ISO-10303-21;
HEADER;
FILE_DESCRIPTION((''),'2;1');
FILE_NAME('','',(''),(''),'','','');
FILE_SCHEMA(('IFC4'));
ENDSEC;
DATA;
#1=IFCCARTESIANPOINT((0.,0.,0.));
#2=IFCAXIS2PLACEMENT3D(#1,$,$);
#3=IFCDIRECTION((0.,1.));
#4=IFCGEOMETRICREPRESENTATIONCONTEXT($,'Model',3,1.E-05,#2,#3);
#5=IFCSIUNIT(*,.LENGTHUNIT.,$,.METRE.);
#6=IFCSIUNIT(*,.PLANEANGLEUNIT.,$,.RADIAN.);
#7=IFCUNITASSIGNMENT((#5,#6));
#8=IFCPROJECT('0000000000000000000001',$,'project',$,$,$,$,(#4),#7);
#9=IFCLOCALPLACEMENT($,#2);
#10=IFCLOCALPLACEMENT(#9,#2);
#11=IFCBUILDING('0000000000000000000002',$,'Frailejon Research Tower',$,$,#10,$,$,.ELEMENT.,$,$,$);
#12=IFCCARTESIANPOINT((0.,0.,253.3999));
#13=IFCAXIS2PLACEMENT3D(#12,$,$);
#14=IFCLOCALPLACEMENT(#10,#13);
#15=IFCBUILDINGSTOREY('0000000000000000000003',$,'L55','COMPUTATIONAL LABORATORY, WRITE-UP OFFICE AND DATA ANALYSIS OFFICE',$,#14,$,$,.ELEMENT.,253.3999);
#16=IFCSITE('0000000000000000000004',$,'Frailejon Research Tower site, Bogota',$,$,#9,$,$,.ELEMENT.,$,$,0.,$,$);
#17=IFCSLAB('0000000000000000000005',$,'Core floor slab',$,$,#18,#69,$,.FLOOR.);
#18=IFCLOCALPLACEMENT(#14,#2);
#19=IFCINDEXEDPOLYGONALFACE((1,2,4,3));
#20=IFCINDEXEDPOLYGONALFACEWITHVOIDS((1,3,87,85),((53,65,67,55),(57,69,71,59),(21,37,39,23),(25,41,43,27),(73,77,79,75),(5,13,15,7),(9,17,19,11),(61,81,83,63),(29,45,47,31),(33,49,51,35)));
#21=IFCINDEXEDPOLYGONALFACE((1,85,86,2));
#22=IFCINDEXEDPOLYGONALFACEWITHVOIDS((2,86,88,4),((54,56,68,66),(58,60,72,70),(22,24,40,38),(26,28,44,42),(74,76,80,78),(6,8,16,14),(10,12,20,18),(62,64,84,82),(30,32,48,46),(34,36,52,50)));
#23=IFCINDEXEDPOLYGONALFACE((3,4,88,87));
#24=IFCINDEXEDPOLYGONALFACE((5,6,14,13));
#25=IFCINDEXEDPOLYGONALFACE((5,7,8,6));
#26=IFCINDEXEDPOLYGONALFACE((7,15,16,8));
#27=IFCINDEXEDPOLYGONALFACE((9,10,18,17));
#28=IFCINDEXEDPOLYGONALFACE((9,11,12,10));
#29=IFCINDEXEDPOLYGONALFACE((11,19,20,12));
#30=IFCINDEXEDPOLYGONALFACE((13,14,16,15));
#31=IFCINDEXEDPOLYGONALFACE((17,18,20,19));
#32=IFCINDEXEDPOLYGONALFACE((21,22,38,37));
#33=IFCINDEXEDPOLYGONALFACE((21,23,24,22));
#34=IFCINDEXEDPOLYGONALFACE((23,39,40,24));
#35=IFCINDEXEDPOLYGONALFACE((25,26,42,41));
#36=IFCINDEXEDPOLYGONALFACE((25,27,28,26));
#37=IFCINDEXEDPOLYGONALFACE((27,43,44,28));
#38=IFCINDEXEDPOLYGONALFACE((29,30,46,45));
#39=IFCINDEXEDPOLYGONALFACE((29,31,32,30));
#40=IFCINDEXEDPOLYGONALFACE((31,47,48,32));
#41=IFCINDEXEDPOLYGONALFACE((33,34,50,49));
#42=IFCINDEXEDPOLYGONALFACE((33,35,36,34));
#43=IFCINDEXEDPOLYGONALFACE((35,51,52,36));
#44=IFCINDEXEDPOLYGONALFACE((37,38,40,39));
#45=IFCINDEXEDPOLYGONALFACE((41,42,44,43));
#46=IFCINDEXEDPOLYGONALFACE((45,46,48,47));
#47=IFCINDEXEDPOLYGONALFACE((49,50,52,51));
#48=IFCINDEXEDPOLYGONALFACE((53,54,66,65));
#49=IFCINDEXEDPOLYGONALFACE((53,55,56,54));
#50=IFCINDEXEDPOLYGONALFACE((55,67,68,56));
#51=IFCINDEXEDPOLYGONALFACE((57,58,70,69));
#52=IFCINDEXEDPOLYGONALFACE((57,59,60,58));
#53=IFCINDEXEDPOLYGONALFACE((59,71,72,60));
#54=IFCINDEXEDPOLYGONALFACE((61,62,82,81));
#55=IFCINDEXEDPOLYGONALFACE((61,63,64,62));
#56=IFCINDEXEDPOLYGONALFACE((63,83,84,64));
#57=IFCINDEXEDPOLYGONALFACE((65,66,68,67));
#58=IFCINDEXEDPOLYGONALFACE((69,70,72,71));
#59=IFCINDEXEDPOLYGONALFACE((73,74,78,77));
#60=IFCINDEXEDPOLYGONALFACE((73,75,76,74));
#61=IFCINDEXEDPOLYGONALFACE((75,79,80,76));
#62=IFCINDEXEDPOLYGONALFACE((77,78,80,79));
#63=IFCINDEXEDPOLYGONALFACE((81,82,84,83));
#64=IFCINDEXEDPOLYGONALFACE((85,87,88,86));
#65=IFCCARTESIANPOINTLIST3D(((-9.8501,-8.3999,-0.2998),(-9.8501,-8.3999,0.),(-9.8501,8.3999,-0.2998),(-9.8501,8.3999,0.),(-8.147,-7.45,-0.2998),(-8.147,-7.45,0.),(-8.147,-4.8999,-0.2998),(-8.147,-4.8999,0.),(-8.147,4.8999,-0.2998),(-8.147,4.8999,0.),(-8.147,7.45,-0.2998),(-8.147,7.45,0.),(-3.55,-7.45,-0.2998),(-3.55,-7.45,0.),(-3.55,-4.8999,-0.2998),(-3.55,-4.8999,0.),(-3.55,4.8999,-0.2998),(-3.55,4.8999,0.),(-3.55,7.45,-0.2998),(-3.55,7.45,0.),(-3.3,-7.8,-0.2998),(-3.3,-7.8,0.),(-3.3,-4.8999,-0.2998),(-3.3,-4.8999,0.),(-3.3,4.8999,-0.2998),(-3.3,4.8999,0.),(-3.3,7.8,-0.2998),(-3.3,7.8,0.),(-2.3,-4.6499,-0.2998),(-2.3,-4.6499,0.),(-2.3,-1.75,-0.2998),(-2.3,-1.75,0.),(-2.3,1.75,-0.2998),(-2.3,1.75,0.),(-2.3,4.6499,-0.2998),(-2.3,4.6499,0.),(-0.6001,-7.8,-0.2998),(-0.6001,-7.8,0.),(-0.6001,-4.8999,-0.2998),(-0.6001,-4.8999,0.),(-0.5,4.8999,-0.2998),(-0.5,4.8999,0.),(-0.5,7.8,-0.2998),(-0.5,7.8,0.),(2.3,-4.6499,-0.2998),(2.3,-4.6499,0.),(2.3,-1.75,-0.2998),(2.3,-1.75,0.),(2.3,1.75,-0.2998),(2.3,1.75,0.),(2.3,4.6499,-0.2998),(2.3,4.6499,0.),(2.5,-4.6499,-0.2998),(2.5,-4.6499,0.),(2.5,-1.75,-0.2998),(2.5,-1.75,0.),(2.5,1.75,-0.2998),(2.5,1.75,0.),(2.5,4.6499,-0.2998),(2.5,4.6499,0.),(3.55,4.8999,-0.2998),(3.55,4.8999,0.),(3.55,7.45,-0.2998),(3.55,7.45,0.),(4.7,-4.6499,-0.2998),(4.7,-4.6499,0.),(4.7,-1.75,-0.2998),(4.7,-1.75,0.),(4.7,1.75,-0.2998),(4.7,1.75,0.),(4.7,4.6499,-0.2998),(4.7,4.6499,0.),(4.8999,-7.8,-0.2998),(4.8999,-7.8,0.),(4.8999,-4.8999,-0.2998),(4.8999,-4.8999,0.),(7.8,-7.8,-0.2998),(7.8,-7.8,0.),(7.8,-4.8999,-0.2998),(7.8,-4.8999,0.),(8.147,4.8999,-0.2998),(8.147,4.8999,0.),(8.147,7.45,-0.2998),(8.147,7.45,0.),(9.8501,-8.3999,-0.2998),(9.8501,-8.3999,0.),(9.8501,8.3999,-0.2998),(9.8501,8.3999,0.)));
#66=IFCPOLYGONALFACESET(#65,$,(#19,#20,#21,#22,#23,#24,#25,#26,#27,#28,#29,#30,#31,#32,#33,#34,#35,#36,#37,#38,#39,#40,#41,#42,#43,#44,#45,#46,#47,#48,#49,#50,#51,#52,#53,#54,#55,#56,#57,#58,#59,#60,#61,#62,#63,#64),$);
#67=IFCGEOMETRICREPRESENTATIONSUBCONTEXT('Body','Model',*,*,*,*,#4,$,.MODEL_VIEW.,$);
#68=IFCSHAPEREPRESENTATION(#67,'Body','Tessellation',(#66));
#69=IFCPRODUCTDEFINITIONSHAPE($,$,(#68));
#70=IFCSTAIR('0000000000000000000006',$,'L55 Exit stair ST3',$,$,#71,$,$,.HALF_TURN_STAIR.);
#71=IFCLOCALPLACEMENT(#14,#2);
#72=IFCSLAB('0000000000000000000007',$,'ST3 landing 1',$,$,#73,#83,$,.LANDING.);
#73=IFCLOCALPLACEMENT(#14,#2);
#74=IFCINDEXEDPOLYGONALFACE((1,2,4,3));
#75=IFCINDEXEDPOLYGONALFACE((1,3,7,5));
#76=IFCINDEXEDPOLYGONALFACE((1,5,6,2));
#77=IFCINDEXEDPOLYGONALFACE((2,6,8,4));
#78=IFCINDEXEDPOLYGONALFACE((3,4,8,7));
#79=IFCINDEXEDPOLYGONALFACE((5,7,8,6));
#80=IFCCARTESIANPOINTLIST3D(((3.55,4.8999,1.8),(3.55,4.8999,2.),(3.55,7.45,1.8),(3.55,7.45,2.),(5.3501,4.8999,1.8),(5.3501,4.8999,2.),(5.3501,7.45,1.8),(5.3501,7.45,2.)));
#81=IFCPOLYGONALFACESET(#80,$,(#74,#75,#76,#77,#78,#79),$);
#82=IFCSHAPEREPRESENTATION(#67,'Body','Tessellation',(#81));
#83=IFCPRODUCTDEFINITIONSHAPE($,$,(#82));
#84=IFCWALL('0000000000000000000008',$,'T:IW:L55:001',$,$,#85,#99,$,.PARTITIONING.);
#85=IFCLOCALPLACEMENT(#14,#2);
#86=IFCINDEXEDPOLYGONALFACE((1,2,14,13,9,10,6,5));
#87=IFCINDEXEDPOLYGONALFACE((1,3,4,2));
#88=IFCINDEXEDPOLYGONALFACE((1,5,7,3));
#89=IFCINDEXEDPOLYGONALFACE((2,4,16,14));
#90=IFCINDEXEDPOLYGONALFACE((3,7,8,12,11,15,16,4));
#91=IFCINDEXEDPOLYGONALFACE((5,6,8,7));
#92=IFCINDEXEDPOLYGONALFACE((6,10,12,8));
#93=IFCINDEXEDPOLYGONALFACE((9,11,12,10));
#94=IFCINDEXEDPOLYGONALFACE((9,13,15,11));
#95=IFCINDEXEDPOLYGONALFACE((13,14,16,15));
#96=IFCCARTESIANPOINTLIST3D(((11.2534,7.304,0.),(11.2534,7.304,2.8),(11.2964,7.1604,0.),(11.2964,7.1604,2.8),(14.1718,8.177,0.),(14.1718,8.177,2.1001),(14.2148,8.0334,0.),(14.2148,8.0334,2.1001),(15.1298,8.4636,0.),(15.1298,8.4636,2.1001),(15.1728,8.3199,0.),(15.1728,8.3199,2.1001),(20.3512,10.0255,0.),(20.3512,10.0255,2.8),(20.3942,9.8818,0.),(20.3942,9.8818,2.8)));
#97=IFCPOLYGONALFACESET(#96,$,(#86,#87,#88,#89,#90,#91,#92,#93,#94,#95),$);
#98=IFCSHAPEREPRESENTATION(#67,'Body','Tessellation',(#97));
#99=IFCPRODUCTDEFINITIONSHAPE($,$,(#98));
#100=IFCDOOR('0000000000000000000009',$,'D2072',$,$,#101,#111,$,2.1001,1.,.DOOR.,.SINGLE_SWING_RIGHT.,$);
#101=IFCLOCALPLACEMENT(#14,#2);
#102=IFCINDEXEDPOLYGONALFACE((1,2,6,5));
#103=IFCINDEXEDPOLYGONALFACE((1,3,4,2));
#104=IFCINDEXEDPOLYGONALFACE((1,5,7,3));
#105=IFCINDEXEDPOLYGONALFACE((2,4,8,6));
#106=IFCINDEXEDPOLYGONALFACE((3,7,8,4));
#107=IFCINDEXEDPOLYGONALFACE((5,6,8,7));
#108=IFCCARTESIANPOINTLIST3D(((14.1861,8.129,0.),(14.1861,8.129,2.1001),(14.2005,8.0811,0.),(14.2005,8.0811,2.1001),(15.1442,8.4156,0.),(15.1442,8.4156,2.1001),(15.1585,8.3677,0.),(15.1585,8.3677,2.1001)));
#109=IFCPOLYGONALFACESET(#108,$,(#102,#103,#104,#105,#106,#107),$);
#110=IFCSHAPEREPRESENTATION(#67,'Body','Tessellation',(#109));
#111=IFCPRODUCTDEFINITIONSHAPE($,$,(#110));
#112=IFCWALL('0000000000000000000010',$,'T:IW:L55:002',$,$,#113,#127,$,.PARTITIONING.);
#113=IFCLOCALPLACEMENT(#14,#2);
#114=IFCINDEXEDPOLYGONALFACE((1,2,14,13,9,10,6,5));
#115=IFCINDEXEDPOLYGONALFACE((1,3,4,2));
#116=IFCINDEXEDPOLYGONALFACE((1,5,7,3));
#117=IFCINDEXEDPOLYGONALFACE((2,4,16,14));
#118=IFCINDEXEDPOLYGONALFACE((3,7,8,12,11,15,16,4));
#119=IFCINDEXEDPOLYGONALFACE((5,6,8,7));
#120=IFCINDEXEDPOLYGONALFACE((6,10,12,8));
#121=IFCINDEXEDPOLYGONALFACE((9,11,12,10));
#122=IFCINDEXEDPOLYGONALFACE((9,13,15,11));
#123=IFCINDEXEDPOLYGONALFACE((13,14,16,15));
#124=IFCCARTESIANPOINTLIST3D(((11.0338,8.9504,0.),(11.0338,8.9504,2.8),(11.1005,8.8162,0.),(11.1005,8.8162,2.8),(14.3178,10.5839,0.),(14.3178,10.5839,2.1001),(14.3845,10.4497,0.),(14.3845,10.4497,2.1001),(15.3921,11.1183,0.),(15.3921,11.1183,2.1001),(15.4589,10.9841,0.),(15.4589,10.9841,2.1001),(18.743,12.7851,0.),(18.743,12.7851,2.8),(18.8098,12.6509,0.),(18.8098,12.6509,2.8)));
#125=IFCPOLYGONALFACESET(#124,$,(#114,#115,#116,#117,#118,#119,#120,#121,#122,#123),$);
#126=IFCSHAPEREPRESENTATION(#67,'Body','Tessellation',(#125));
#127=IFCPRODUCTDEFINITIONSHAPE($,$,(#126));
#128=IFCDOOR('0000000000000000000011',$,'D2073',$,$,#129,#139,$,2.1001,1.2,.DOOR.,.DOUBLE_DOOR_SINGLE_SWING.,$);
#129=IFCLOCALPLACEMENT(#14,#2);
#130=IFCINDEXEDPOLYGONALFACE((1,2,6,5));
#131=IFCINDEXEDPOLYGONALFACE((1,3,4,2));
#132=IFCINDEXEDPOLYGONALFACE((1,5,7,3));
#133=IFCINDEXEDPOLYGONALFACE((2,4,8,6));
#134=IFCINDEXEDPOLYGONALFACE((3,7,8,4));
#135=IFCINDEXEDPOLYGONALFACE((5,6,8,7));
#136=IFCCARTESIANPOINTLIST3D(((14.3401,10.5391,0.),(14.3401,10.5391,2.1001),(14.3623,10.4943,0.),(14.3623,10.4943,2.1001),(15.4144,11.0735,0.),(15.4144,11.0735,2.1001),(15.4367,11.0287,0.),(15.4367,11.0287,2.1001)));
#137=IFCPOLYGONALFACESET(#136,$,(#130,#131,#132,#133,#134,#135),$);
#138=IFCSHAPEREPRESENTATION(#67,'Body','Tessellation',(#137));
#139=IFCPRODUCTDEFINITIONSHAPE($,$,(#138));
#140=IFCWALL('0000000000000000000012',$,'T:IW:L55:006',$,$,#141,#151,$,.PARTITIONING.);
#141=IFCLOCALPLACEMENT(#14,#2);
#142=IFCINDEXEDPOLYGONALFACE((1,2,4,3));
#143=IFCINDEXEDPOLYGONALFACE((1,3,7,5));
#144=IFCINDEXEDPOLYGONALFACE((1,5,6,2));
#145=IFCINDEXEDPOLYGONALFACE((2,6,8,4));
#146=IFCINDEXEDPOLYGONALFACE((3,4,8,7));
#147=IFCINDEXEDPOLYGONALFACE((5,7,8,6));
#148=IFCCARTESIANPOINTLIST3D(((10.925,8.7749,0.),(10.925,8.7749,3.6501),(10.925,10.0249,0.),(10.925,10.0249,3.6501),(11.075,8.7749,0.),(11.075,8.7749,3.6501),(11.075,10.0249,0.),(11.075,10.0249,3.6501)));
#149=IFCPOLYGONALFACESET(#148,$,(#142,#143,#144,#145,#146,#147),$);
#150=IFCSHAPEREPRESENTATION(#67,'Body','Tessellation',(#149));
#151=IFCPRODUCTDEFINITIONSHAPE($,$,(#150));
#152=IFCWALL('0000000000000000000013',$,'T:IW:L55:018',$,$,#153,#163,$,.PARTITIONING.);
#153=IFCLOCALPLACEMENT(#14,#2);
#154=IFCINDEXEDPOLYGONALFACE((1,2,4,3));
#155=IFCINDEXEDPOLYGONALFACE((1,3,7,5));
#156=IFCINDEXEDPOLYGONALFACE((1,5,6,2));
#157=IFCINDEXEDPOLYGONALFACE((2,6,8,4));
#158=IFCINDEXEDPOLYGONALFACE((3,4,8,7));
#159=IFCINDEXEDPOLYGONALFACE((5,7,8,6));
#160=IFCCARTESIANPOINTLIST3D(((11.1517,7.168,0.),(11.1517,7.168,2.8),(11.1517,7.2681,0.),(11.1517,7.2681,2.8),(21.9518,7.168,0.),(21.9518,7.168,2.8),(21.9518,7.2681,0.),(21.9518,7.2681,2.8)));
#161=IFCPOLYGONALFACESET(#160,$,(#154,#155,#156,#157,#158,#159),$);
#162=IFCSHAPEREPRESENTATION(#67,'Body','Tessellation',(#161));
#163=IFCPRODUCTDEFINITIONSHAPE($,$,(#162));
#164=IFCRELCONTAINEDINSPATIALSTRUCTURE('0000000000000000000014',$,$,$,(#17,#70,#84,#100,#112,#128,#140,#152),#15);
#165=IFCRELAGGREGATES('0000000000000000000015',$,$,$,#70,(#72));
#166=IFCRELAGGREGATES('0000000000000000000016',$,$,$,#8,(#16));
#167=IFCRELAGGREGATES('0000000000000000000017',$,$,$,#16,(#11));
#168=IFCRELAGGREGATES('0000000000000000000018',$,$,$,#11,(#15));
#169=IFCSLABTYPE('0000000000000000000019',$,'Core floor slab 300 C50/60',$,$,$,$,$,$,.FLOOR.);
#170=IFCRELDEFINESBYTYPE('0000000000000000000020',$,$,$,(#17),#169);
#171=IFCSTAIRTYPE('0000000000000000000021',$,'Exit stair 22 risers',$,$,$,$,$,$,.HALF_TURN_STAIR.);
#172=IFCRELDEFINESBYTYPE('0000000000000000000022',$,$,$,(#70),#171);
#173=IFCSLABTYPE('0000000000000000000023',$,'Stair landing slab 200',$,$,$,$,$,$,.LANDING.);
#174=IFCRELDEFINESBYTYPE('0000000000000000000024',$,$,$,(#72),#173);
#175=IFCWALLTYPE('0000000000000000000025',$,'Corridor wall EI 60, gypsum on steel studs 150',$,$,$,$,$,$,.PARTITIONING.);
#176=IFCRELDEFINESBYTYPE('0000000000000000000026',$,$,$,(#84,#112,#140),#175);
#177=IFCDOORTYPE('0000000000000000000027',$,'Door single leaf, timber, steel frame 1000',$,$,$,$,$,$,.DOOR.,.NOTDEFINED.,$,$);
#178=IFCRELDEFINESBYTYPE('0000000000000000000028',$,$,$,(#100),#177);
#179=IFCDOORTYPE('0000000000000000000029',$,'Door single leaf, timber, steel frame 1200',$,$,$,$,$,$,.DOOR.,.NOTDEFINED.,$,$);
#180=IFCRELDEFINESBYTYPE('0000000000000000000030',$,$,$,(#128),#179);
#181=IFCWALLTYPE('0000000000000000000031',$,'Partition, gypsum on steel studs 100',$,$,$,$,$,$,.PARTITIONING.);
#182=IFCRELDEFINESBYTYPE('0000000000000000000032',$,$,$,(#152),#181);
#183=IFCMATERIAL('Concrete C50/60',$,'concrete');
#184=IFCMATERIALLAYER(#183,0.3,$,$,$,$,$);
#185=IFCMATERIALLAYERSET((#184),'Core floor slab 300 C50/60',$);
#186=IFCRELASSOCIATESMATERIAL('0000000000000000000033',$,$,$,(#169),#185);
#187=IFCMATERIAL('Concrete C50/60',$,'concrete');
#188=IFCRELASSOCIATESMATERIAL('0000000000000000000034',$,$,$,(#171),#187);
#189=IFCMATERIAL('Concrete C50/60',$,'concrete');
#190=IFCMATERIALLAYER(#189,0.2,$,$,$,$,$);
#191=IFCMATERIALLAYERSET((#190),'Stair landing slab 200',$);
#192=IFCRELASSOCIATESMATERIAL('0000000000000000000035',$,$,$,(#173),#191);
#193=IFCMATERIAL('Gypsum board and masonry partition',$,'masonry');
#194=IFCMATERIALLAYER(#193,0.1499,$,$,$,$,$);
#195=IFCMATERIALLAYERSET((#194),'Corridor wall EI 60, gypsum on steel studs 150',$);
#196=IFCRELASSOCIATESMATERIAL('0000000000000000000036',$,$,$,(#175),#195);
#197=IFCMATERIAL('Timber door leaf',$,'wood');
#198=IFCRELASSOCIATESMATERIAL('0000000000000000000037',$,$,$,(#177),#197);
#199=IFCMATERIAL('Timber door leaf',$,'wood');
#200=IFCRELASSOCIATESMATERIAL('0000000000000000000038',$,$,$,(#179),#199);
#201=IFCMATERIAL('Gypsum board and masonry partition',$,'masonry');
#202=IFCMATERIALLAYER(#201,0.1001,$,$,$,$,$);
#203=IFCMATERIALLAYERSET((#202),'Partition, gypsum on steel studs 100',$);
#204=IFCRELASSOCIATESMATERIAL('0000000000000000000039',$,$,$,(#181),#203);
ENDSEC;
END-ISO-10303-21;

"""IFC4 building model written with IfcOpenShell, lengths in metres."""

from ifc_helpers import new_model, si_unit, direction, frame, frame_2d, origin, place, context, subcontext, project, spatial, polyline, rectangle, outline, extrude, material, layer, layer_set, type_object, element, fill, aggregate, save


model = new_model("IFC4")

# Units and contexts
model_context = context("Model", 3, precision=1e-05, world=origin(), true_north=direction((0.0, 1.0)))
body_context = subcontext(model_context, "Body", "Model", "MODEL_VIEW")
ifc_project = project(units=[si_unit("LENGTHUNIT", "METRE"), si_unit("PLANEANGLEUNIT", "RADIAN")], contexts=[model_context])

# Site, building, storey
site_placement = place(None, origin())
site = spatial("IfcSite", under=ifc_project, at=site_placement, Name="Frailejon Research Tower site, Bogota", CompositionType="ELEMENT", RefElevation=0.0)
building_placement = place(site_placement, origin())
building = spatial("IfcBuilding", under=site, at=building_placement, Name="Frailejon Research Tower", CompositionType="ELEMENT")
storey_placement = place(building_placement, frame((0.0, 0.0, 253.3999)))
storey = spatial("IfcBuildingStorey", under=building, at=storey_placement, Name="L55", Description="COMPUTATIONAL LABORATORY, WRITE-UP OFFICE AND DATA ANALYSIS OFFICE", CompositionType="ELEMENT", Elevation=253.3999)

# Slab
ifc_material_1 = material(Name="Concrete C50/60", Category="concrete")
ifc_layer_1 = layer(ifc_material_1, 0.3)
ifc_layer_set_1 = layer_set([ifc_layer_1], Name="Core floor slab 300 C50/60")
slab_type_1 = type_object("IfcSlabType", Name="Core floor slab 300 C50/60", PredefinedType="FLOOR", material=ifc_layer_set_1)
slab_1_placement = place(storey_placement, frame((0.0, 0.0, -0.2998)))
element("IfcSlab", 1, at=slab_1_placement, inside=storey, type_object=slab_type_1, Name="Core floor slab", PredefinedType="FLOOR", context=body_context, shape_type="SweptSolid", body=[
    extrude(outline(polyline([(9.8501, -8.3999), (9.8501, 8.3999), (-9.8501, 8.3999), (-9.8501, -8.3999), (9.8501, -8.3999)]), holes=[polyline([(2.3, 1.75), (2.3, 4.6499), (-2.3, 4.6499), (-2.3, 1.75), (2.3, 1.75)]), polyline([(4.7, 1.75), (4.7, 4.6499), (2.5, 4.6499), (2.5, 1.75), (4.7, 1.75)]), polyline([(2.3, -4.6499), (2.3, -1.75), (-2.3, -1.75), (-2.3, -4.6499), (2.3, -4.6499)]), polyline([(4.7, -4.6499), (4.7, -1.75), (2.5, -1.75), (2.5, -4.6499), (4.7, -4.6499)]), polyline([(-8.147, 4.8999), (-3.55, 4.8999), (-3.55, 7.45), (-8.147, 7.45), (-8.147, 4.8999)]), polyline([(-8.147, -7.45), (-3.55, -7.45), (-3.55, -4.8999), (-8.147, -4.8999), (-8.147, -7.45)]), polyline([(8.147, 7.45), (3.55, 7.45), (3.55, 4.8999), (8.147, 4.8999), (8.147, 7.45)]), polyline([(-0.6001, -7.8), (-0.6001, -4.8999), (-3.3, -4.8999), (-3.3, -7.8), (-0.6001, -7.8)]), polyline([(7.8, -7.8), (7.8, -4.8999), (4.8999, -4.8999), (4.8999, -7.8), (7.8, -7.8)]), polyline([(-0.5, 4.8999), (-0.5, 7.8), (-3.3, 7.8), (-3.3, 4.8999), (-0.5, 4.8999)])]), origin(), (0.0, 0.0, 1.0), 0.2998),
])

# Stair, slab
ifc_material_2 = material(Name="Concrete C50/60", Category="concrete")
stair_type = type_object("IfcStairType", Name="Exit stair 22 risers", PredefinedType="HALF_TURN_STAIR", material=ifc_material_2)
stair_placement = place(storey_placement, origin())
stair = element("IfcStair", 2, at=stair_placement, inside=storey, type_object=stair_type, Name="L55 Exit stair ST3", PredefinedType="HALF_TURN_STAIR")
ifc_material_3 = material(Name="Concrete C50/60", Category="concrete")
ifc_layer_2 = layer(ifc_material_3, 0.2)
ifc_layer_set_2 = layer_set([ifc_layer_2], Name="Stair landing slab 200")
slab_type_2 = type_object("IfcSlabType", Name="Stair landing slab 200", PredefinedType="LANDING", material=ifc_layer_set_2)
slab_2_placement = place(storey_placement, frame((0.0, 0.0, 1.8)))
slab_2 = element("IfcSlab", 3, at=slab_2_placement, type_object=slab_type_2, Name="ST3 landing 1", PredefinedType="LANDING", context=body_context, shape_type="SweptSolid", body=[
    extrude(outline(polyline([(5.3501, 7.45), (3.55, 7.45), (3.55, 4.8999), (5.3501, 4.8999), (5.3501, 7.45)])), origin(), (0.0, 0.0, 1.0), 0.2),
])

# Walls, openings, doors
ifc_material_4 = material(Name="Gypsum board and masonry partition", Category="masonry")
ifc_layer_3 = layer(ifc_material_4, 0.1499)
ifc_layer_set_3 = layer_set([ifc_layer_3], Name="Corridor wall EI 60, gypsum on steel studs 150")
wall_type_1 = type_object("IfcWallType", Name="Corridor wall EI 60, gypsum on steel studs 150", PredefinedType="PARTITIONING", material=ifc_layer_set_3)
wall_1_placement = place(storey_placement, frame((11.2749, 7.2322, 0.0), z_axis=(0.0, 0.0, 1.0), x_axis=(0.958054, 0.286588, 0.0)))
wall_1 = element("IfcWall", 4, at=wall_1_placement, inside=storey, type_object=wall_type_1, Name="T:IW:L55:001", PredefinedType="PARTITIONING", context=body_context, shape_type="SweptSolid", body=[
    extrude(rectangle(XDim=9.4961, YDim=0.1499, at=frame_2d((4.748, 0.0))), origin(), (0.0, 0.0, 1.0), 2.8),
])
opening_1_placement = place(wall_1_placement, frame((3.0461, 0.0, 0.0)))
opening_1 = element("IfcOpeningElement", 5, at=opening_1_placement, cuts=wall_1, PredefinedType="OPENING", context=body_context, shape_type="SweptSolid", body=[
    extrude(rectangle(XDim=1.0, YDim=2.1001, at=frame_2d((0.5, 1.05))), frame((0.0, 0.085, 0.0), z_axis=(0.0, -1.0, 0.0), x_axis=(1.0, 0.0, 0.0)), (0.0, 0.0, 1.0), 0.1699),
])
ifc_material_5 = material(Name="Timber door leaf", Category="wood")
door_type_1 = type_object("IfcDoorType", Name="Door single leaf, timber, steel frame 1000", OperationType="NOTDEFINED", PredefinedType="DOOR", material=ifc_material_5)
door_1_placement = place(opening_1_placement, origin())
door_1 = element("IfcDoor", 6, at=door_1_placement, inside=storey, type_object=door_type_1, Name="D2072", OperationType="SINGLE_SWING_RIGHT", OverallHeight=2.1001, OverallWidth=1.0, PredefinedType="DOOR", context=body_context, shape_type="SweptSolid", body=[
    extrude(rectangle(XDim=1.0, YDim=2.1001, at=frame_2d((0.5, 1.05))), frame((0.0, 0.0249, 0.0), z_axis=(0.0, -1.0, 0.0), x_axis=(1.0, 0.0, 0.0)), (0.0, 0.0, 1.0), 0.05),
])
fill(opening_1, door_1)
wall_2_placement = place(storey_placement, frame((11.0671, 8.8833, 0.0), z_axis=(0.0, 0.0, 1.0), x_axis=(0.89535, 0.445364, 0.0)))
wall_2 = element("IfcWall", 7, at=wall_2_placement, inside=storey, type_object=wall_type_1, Name="T:IW:L55:002", PredefinedType="PARTITIONING", context=body_context, shape_type="SweptSolid", body=[
    extrude(rectangle(XDim=8.6104, YDim=0.1499, at=frame_2d((4.3052, 0.0))), origin(), (0.0, 0.0, 1.0), 2.8),
])
opening_2_placement = place(wall_2_placement, frame((3.6677, 0.0, 0.0)))
opening_2 = element("IfcOpeningElement", 8, at=opening_2_placement, cuts=wall_2, PredefinedType="OPENING", context=body_context, shape_type="SweptSolid", body=[
    extrude(rectangle(XDim=1.2, YDim=2.1001, at=frame_2d((0.6001, 1.05))), frame((0.0, 0.085, 0.0), z_axis=(0.0, -1.0, 0.0), x_axis=(1.0, 0.0, 0.0)), (0.0, 0.0, 1.0), 0.1699),
])
ifc_material_6 = material(Name="Timber door leaf", Category="wood")
door_type_2 = type_object("IfcDoorType", Name="Door single leaf, timber, steel frame 1200", OperationType="NOTDEFINED", PredefinedType="DOOR", material=ifc_material_6)
door_2_placement = place(opening_2_placement, origin())
door_2 = element("IfcDoor", 9, at=door_2_placement, inside=storey, type_object=door_type_2, Name="D2073", OperationType="DOUBLE_DOOR_SINGLE_SWING", OverallHeight=2.1001, OverallWidth=1.2, PredefinedType="DOOR", context=body_context, shape_type="SweptSolid", body=[
    extrude(rectangle(XDim=1.2, YDim=2.1001, at=frame_2d((0.6001, 1.05))), frame((0.0, 0.0249, 0.0), z_axis=(0.0, -1.0, 0.0), x_axis=(1.0, 0.0, 0.0)), (0.0, 0.0, 1.0), 0.05),
])
fill(opening_2, door_2)

# Walls
wall_3_placement = place(storey_placement, frame((11.0, 8.7749, 0.0), z_axis=(0.0, 0.0, 1.0), x_axis=(0.0, 1.0, 0.0)))
element("IfcWall", 10, at=wall_3_placement, inside=storey, type_object=wall_type_1, Name="T:IW:L55:006", PredefinedType="PARTITIONING", context=body_context, shape_type="SweptSolid", body=[
    extrude(rectangle(XDim=1.25, YDim=0.1499, at=frame_2d((0.625, 0.0))), origin(), (0.0, 0.0, 1.0), 3.6501),
])
ifc_material_7 = material(Name="Gypsum board and masonry partition", Category="masonry")
ifc_layer_4 = layer(ifc_material_7, 0.1001)
ifc_layer_set_4 = layer_set([ifc_layer_4], Name="Partition, gypsum on steel studs 100")
wall_type_2 = type_object("IfcWallType", Name="Partition, gypsum on steel studs 100", PredefinedType="PARTITIONING", material=ifc_layer_set_4)
wall_4_placement = place(storey_placement, frame((11.1519, 7.218, 0.0), z_axis=(0.0, 0.0, 1.0), x_axis=(1.0, 0.0, 0.0)))
element("IfcWall", 11, at=wall_4_placement, inside=storey, type_object=wall_type_2, Name="T:IW:L55:018", PredefinedType="PARTITIONING", context=body_context, shape_type="SweptSolid", body=[
    extrude(rectangle(XDim=10.8, YDim=0.1001, at=frame_2d((5.3999, 0.0))), origin(), (0.0, 0.0, 1.0), 2.8),
])

aggregate(stair, [slab_2])

save(model, "model.ifc")
